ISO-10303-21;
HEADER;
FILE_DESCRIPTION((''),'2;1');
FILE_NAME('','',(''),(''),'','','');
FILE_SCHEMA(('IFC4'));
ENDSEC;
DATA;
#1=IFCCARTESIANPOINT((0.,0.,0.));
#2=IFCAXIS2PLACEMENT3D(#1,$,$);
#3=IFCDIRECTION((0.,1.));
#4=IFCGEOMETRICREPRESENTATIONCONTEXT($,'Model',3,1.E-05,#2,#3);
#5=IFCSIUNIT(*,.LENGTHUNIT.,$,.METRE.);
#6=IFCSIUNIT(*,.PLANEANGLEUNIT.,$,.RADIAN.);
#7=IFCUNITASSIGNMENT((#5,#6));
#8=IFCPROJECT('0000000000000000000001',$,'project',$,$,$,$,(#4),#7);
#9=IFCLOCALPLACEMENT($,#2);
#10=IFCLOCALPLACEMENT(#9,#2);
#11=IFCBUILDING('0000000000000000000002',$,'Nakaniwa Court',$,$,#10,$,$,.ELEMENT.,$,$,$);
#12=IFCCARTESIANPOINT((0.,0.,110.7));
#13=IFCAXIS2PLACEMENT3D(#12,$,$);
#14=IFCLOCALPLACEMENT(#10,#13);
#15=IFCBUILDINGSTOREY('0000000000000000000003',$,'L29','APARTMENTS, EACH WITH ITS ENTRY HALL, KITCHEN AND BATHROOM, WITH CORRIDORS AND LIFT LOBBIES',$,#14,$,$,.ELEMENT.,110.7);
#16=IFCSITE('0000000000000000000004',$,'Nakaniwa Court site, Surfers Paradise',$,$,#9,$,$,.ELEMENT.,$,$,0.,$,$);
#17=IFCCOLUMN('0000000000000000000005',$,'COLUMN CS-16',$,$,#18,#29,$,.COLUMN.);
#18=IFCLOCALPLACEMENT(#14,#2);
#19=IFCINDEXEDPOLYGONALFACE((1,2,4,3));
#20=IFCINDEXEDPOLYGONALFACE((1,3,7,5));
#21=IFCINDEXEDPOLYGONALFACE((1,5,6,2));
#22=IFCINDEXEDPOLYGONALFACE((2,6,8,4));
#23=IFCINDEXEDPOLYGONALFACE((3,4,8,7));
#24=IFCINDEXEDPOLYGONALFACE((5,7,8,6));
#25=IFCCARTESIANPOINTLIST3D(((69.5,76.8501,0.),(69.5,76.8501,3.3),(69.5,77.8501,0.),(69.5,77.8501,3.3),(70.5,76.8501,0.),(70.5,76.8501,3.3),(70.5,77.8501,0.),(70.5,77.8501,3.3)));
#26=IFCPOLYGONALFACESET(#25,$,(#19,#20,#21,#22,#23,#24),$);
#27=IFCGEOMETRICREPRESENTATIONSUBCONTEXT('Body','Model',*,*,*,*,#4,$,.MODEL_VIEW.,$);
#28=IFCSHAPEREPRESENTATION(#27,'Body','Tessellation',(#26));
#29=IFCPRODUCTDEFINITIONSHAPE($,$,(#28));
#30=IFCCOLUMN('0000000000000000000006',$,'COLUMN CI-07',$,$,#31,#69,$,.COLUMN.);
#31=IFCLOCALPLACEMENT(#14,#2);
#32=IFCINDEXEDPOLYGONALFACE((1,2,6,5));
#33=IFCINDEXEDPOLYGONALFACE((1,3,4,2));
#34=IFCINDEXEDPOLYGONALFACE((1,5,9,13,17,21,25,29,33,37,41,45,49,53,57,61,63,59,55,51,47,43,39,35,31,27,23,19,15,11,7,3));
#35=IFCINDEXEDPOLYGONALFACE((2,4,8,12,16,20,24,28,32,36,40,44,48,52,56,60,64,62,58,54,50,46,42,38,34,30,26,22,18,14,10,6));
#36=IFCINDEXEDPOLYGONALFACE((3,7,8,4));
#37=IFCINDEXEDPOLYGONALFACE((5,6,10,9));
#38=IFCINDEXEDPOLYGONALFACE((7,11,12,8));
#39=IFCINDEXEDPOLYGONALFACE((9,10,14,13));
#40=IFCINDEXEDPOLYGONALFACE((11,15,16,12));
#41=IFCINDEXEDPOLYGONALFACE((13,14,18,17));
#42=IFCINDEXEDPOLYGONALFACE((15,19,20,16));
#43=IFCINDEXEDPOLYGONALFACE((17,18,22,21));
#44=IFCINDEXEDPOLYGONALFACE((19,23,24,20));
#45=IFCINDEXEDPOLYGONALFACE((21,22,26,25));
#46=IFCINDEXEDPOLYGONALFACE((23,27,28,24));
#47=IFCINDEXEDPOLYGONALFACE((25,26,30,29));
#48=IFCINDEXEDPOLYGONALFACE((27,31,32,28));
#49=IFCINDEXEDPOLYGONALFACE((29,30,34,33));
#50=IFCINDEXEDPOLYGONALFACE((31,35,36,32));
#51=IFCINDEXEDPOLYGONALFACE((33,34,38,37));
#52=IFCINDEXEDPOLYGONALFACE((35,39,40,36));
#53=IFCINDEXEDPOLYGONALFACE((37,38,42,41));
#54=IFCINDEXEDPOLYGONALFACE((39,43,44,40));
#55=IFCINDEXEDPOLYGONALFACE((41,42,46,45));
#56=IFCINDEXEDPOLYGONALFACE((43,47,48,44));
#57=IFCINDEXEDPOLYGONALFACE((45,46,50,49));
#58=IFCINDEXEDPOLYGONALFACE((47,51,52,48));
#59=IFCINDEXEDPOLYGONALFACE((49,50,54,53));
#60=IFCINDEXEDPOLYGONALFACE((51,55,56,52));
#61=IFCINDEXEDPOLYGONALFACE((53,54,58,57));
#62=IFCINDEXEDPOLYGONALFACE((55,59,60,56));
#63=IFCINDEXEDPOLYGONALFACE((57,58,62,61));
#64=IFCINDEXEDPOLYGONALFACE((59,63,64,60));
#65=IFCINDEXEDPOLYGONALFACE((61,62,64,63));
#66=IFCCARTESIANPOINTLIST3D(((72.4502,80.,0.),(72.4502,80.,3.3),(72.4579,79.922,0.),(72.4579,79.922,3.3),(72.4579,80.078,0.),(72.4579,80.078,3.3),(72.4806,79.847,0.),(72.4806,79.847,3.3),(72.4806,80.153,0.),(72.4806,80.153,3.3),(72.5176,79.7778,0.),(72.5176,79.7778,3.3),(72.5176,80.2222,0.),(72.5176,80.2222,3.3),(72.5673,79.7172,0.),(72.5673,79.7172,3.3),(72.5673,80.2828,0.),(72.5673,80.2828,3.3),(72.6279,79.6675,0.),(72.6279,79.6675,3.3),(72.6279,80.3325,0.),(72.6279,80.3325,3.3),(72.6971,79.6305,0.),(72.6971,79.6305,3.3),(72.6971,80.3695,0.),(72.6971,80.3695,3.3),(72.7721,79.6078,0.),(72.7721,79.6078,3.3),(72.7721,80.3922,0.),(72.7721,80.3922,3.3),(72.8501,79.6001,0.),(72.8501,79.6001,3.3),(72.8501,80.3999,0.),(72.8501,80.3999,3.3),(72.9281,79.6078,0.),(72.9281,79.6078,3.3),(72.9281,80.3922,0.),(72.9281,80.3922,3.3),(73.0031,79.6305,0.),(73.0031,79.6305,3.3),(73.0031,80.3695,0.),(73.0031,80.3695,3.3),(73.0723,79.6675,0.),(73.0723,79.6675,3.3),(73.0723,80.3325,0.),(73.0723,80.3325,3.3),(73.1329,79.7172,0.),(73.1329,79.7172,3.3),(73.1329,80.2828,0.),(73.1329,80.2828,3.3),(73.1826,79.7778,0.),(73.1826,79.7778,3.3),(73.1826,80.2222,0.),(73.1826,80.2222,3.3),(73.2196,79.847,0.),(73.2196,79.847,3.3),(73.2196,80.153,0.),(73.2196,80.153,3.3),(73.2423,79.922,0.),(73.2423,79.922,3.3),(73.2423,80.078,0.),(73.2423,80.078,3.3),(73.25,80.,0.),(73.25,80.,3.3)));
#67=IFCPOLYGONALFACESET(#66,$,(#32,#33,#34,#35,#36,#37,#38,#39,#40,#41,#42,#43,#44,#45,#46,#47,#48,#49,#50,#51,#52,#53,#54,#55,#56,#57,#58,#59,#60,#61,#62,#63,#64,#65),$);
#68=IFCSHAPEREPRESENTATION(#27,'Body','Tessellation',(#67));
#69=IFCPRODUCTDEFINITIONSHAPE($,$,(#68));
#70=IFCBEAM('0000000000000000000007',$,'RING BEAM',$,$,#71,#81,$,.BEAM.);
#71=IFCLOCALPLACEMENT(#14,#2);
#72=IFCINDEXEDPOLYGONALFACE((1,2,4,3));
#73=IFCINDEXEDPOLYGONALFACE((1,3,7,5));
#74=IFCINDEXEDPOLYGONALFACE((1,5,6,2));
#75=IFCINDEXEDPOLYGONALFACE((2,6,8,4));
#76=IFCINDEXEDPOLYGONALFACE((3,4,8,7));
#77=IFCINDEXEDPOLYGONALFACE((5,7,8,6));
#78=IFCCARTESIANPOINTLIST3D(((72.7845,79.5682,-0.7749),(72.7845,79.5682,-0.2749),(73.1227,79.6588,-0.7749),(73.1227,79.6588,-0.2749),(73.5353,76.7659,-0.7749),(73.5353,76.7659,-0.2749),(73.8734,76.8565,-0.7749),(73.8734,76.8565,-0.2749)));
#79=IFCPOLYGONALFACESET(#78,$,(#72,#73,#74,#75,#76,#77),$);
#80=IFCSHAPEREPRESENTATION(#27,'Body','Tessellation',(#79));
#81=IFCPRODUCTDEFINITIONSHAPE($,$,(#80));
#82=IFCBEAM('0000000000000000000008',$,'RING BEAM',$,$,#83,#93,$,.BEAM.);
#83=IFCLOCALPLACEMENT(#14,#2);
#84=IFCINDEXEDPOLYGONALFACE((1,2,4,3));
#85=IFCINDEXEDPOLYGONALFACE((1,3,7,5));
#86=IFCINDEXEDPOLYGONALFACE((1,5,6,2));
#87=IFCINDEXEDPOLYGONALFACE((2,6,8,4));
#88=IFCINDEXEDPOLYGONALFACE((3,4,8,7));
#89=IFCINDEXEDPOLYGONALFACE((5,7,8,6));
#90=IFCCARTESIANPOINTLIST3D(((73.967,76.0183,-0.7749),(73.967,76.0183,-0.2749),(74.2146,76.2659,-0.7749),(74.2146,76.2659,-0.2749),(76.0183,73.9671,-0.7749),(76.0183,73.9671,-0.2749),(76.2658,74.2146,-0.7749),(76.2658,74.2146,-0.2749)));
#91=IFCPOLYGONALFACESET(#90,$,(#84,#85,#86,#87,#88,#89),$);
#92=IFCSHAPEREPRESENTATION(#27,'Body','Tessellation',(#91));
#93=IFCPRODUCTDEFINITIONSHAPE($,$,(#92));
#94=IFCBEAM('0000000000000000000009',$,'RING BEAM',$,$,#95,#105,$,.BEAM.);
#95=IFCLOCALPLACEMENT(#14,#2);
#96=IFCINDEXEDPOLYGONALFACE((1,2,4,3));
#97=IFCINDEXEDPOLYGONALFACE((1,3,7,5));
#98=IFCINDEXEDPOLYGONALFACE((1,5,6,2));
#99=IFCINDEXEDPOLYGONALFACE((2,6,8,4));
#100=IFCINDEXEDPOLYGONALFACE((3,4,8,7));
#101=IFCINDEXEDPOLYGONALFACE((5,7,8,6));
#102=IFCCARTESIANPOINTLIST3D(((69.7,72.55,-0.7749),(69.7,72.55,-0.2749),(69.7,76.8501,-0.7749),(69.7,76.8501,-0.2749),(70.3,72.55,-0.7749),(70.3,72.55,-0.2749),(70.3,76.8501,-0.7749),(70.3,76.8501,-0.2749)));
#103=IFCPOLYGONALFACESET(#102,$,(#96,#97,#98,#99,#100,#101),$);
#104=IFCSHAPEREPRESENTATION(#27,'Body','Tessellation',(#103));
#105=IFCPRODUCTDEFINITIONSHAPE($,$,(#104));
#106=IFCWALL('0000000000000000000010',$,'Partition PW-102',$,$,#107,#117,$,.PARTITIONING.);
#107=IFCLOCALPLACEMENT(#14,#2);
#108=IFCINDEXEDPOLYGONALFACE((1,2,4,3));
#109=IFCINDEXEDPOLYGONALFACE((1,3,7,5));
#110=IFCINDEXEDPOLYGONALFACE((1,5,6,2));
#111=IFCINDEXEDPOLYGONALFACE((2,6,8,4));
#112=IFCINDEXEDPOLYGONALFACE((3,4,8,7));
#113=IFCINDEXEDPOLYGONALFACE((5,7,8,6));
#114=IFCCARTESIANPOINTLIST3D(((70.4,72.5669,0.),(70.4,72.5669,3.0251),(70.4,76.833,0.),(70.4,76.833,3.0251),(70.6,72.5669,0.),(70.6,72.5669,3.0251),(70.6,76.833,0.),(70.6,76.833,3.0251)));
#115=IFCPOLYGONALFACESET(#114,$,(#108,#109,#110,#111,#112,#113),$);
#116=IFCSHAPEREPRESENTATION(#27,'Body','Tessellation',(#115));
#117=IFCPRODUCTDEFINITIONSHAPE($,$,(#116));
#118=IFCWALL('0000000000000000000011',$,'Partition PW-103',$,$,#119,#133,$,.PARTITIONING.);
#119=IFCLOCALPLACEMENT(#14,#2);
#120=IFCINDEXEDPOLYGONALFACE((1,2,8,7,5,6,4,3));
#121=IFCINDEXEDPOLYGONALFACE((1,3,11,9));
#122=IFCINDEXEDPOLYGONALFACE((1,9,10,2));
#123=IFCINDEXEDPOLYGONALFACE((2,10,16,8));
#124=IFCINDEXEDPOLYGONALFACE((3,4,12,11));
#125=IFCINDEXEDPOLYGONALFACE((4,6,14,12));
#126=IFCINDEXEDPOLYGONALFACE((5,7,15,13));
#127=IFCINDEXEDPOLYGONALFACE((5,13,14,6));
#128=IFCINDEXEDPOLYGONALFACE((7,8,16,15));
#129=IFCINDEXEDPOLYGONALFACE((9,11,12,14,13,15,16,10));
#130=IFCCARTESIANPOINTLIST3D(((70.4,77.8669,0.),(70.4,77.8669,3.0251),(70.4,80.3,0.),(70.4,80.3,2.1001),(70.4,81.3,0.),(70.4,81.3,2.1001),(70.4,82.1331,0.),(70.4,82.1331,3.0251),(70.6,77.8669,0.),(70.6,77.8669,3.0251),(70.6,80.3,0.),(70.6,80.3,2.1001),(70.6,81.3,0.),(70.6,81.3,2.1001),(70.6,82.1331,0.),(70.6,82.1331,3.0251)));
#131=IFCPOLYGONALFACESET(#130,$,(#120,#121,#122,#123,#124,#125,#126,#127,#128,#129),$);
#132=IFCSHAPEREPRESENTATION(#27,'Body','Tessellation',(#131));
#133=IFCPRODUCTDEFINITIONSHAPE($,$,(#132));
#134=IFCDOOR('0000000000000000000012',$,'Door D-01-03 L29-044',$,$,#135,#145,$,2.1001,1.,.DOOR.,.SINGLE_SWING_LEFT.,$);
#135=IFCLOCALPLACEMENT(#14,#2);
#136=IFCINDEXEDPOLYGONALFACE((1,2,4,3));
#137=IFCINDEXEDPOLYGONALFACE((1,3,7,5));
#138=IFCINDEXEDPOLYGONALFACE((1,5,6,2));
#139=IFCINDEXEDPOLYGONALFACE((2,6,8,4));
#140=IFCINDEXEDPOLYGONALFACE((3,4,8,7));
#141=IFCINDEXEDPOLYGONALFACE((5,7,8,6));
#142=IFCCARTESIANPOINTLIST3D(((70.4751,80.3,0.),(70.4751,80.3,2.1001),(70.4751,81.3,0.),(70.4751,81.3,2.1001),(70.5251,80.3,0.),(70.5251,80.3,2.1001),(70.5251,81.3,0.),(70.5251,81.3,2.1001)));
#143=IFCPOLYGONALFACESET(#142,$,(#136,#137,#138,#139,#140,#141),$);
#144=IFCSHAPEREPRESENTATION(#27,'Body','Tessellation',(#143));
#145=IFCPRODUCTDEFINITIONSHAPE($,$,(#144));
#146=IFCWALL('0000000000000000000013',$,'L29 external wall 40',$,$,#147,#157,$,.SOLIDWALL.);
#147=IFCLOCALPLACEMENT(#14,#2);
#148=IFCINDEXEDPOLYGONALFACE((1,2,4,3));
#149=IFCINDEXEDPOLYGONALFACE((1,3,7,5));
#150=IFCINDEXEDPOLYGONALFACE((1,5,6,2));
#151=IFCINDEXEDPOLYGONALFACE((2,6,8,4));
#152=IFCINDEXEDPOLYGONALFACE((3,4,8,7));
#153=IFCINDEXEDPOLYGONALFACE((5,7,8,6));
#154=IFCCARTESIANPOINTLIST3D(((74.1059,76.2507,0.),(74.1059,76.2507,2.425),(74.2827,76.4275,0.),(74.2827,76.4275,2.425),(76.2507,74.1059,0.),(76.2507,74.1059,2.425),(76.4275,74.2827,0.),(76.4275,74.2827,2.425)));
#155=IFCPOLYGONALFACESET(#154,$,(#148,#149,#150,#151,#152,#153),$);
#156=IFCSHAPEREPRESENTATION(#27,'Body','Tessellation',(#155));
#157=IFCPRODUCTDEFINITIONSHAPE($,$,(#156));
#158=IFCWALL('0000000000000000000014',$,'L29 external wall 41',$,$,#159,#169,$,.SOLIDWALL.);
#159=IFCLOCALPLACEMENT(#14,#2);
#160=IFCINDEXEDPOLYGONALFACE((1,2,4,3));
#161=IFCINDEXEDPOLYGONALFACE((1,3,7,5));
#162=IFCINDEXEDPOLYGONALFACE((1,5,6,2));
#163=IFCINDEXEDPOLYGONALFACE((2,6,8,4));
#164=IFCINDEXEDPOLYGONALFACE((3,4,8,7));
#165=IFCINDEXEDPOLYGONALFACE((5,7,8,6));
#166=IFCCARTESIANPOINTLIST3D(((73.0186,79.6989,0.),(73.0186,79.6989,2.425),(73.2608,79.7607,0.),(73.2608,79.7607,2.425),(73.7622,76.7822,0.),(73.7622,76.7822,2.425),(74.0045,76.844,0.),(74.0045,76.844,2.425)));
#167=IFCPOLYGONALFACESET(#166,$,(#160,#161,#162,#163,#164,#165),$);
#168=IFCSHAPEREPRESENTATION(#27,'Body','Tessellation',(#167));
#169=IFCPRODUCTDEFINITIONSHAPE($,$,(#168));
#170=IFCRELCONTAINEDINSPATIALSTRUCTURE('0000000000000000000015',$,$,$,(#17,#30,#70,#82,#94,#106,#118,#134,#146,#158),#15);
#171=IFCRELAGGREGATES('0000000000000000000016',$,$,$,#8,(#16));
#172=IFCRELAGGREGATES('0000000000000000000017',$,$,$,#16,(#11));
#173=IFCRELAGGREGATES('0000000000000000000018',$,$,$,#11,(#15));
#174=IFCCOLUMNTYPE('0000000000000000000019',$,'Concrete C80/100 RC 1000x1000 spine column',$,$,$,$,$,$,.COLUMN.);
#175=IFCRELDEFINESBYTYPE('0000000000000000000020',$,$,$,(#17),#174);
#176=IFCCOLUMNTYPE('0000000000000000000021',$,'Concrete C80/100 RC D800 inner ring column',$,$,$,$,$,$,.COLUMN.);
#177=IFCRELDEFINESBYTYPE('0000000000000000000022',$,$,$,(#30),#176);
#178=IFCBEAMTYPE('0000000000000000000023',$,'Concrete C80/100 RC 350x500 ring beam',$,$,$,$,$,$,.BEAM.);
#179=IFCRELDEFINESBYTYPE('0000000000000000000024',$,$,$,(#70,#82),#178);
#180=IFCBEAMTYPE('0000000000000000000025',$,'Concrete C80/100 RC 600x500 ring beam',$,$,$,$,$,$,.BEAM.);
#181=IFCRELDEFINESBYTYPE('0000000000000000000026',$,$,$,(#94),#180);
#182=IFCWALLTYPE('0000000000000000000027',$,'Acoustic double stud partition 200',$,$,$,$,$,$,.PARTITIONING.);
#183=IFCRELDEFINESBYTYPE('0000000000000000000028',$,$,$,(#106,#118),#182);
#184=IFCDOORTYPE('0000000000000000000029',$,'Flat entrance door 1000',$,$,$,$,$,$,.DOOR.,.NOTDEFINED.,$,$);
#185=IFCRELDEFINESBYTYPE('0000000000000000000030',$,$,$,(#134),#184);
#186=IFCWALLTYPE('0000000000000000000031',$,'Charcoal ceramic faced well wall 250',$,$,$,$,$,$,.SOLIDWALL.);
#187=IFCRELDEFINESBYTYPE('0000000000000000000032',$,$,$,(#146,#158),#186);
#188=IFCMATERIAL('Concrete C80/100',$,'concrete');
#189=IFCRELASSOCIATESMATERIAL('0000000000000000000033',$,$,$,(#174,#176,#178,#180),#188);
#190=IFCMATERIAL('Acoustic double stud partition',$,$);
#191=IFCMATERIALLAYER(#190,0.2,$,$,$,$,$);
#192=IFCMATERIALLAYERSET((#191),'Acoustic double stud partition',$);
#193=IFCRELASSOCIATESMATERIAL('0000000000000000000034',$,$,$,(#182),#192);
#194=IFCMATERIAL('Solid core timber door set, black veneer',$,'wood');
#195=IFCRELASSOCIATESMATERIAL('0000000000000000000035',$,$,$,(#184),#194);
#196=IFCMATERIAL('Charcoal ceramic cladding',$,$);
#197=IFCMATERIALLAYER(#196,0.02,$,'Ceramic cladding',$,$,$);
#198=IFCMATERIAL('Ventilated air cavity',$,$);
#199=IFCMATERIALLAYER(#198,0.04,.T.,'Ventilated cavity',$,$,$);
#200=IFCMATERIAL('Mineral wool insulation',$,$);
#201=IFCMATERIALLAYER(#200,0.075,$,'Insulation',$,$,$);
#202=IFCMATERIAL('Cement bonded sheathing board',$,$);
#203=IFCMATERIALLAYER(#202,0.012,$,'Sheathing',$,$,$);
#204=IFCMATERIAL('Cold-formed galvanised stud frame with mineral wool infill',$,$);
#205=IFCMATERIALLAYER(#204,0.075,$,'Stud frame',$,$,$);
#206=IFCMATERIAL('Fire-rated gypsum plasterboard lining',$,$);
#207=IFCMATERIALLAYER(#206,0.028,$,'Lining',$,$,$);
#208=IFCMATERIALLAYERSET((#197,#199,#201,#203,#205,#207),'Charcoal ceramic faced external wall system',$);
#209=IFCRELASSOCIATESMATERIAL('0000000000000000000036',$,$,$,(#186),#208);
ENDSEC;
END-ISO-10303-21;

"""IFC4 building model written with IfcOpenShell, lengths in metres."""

from ifc_helpers import new_model, si_unit, direction, frame, frame_2d, origin, origin_2d, place, context, subcontext, project, spatial, rectangle, circle, extrude, material, layer, layer_set, material_profile, profile_set, type_object, element, fill, save


model = new_model("IFC4")

# Units and contexts
model_context = context("Model", 3, precision=1e-05, world=origin(), true_north=direction((0.0, 1.0)))
body_context = subcontext(model_context, "Body", "Model", "MODEL_VIEW")
ifc_project = project(units=[si_unit("LENGTHUNIT", "METRE"), si_unit("PLANEANGLEUNIT", "RADIAN")], contexts=[model_context])

# Site, building, storey
site_placement = place(None, origin())
site = spatial("IfcSite", under=ifc_project, at=site_placement, Name="Nakaniwa Court site, Surfers Paradise", CompositionType="ELEMENT", RefElevation=0.0)
building_placement = place(site_placement, origin())
building = spatial("IfcBuilding", under=site, at=building_placement, Name="Nakaniwa Court", CompositionType="ELEMENT")
storey_placement = place(building_placement, frame((0.0, 0.0, 110.7)))
storey = spatial("IfcBuildingStorey", under=building, at=storey_placement, Name="L29", Description="APARTMENTS, EACH WITH ITS ENTRY HALL, KITCHEN AND BATHROOM, WITH CORRIDORS AND LIFT LOBBIES", CompositionType="ELEMENT", Elevation=110.7)

# Columns
ifc_material_1 = material(Name="Concrete C80/100", Category="concrete")
ifc_material_profile_1 = material_profile(ifc_material_1, rectangle(XDim=1.0, YDim=1.0, at=origin_2d()), Name="Concrete C80/100 RC 1000x1000 spine column")
ifc_profile_set_1 = profile_set([ifc_material_profile_1], Name="Concrete C80/100")
column_type_1 = type_object("IfcColumnType", Name="Concrete C80/100 RC 1000x1000 spine column", PredefinedType="COLUMN", material=ifc_profile_set_1)
column_placement = place(storey_placement, frame((70.0, 77.3501, 0.0), z_axis=(0.0, 0.0, 1.0), x_axis=(0.0, -1.0, 0.0)))
element("IfcColumn", 1, at=column_placement, inside=storey, type_object=column_type_1, Name="COLUMN CS-16", PredefinedType="COLUMN", context=body_context, shape_type="SweptSolid", body=[
    extrude(rectangle(XDim=1.0, YDim=1.0, at=origin_2d()), origin(), (0.0, 0.0, 1.0), 3.3),
])
ifc_material_profile_2 = material_profile(ifc_material_1, circle(Radius=0.3999, at=origin_2d()), Name="Concrete C80/100 RC D800 inner ring column")
ifc_profile_set_2 = profile_set([ifc_material_profile_2], Name="Concrete C80/100")
column_type_2 = type_object("IfcColumnType", Name="Concrete C80/100 RC D800 inner ring column", PredefinedType="COLUMN", material=ifc_profile_set_2)
for number, where, z_axis, x_axis, name in (
    (2, (72.8501, 80.0, 0.0), (0.0, 0.0, 1.0), (0.0, -1.0, 0.0), "COLUMN CI-07"),
):
    element("IfcColumn", number, at=place(storey_placement, frame(where, z_axis=z_axis, x_axis=x_axis)), inside=storey, type_object=column_type_2, Name=name, PredefinedType="COLUMN", context=body_context, shape_type="SweptSolid", body=[
        extrude(circle(Radius=0.3999, at=origin_2d()), origin(), (0.0, 0.0, 1.0), 3.3),
    ])

# Beams
ifc_material_profile_3 = material_profile(ifc_material_1, rectangle(XDim=0.3501, YDim=0.5, at=origin_2d()), Name="Concrete C80/100 RC 350x500 ring beam")
ifc_profile_set_3 = profile_set([ifc_material_profile_3], Name="Concrete C80/100")
beam_type_1 = type_object("IfcBeamType", Name="Concrete C80/100 RC 350x500 ring beam", PredefinedType="BEAM", material=ifc_profile_set_3)
beam_1_placement = place(storey_placement, frame((72.9536, 79.6135, -0.5249), z_axis=(0.258778, -0.965937, 0.0), x_axis=(0.965937, 0.258778, 0.0)))
element("IfcBeam", 3, at=beam_1_placement, inside=storey, type_object=beam_type_1, Name="RING BEAM", PredefinedType="BEAM", context=body_context, shape_type="SweptSolid", body=[
    extrude(rectangle(XDim=0.3501, YDim=0.5, at=origin_2d()), origin(), (0.0, 0.0, 1.0), 2.9011),
])
beam_2_placement = place(storey_placement, frame((74.0908, 76.1421, -0.5249), z_axis=(0.707107, -0.707107, 0.0), x_axis=(0.707107, 0.707107, 0.0)))
element("IfcBeam", 4, at=beam_2_placement, inside=storey, type_object=beam_type_1, Name="RING BEAM", PredefinedType="BEAM", context=body_context, shape_type="SweptSolid", body=[
    extrude(rectangle(XDim=0.3501, YDim=0.5, at=origin_2d()), origin(), (0.0, 0.0, 1.0), 2.9009),
])
ifc_material_profile_4 = material_profile(ifc_material_1, rectangle(XDim=0.6001, YDim=0.5, at=origin_2d()), Name="Concrete C80/100 RC 600x500 ring beam")
ifc_profile_set_4 = profile_set([ifc_material_profile_4], Name="Concrete C80/100")
beam_type_2 = type_object("IfcBeamType", Name="Concrete C80/100 RC 600x500 ring beam", PredefinedType="BEAM", material=ifc_profile_set_4)
beam_3_placement = place(storey_placement, frame((70.0, 76.8501, -0.5249), z_axis=(0.0, -1.0, 0.0), x_axis=(1.0, 0.0, 0.0)))
element("IfcBeam", 5, at=beam_3_placement, inside=storey, type_object=beam_type_2, Name="RING BEAM", PredefinedType="BEAM", context=body_context, shape_type="SweptSolid", body=[
    extrude(rectangle(XDim=0.6001, YDim=0.5, at=origin_2d()), origin(), (0.0, 0.0, 1.0), 4.3),
])

# Wall
ifc_material_2 = material(Name="Acoustic double stud partition")
ifc_layer_1 = layer(ifc_material_2, 0.2)
ifc_layer_set_1 = layer_set([ifc_layer_1], Name="Acoustic double stud partition")
wall_type_1 = type_object("IfcWallType", Name="Acoustic double stud partition 200", PredefinedType="PARTITIONING", material=ifc_layer_set_1)
wall_1_placement = place(storey_placement, frame((70.5, 72.5669, 0.0), z_axis=(0.0, 0.0, 1.0), x_axis=(0.0, 1.0, 0.0)))
element("IfcWall", 6, at=wall_1_placement, inside=storey, type_object=wall_type_1, Name="Partition PW-102", PredefinedType="PARTITIONING", context=body_context, shape_type="SweptSolid", body=[
    extrude(rectangle(XDim=4.2661, YDim=0.2, at=frame_2d((2.1331, 0.0))), origin(), (0.0, 0.0, 1.0), 3.0251),
])

# Wall, opening, door
wall_2_placement = place(storey_placement, frame((70.5, 77.8669, 0.0), z_axis=(0.0, 0.0, 1.0), x_axis=(0.0, 1.0, 0.0)))
wall_2 = element("IfcWall", 7, at=wall_2_placement, inside=storey, type_object=wall_type_1, Name="Partition PW-103", PredefinedType="PARTITIONING", context=body_context, shape_type="SweptSolid", body=[
    extrude(rectangle(XDim=4.2661, YDim=0.2, at=frame_2d((2.1331, 0.0))), origin(), (0.0, 0.0, 1.0), 3.0251),
])
opening_1_placement = place(wall_2_placement, frame((2.4331, 0.0, 0.0)))
opening_1 = element("IfcOpeningElement", 8, at=opening_1_placement, cuts=wall_2, PredefinedType="OPENING", context=body_context, shape_type="SweptSolid", body=[
    extrude(rectangle(XDim=1.0, YDim=2.1001, at=frame_2d((0.5, 1.05))), frame((0.0, 0.1099, 0.0), z_axis=(0.0, -1.0, 0.0), x_axis=(1.0, 0.0, 0.0)), (0.0, 0.0, 1.0), 0.22),
])
ifc_material_3 = material(Name="Solid core timber door set, black veneer", Category="wood")
door_type_1 = type_object("IfcDoorType", Name="Flat entrance door 1000", OperationType="NOTDEFINED", PredefinedType="DOOR", material=ifc_material_3)
door_1_placement = place(opening_1_placement, origin())
door_1 = element("IfcDoor", 9, at=door_1_placement, inside=storey, type_object=door_type_1, Name="Door D-01-03 L29-044", OperationType="SINGLE_SWING_LEFT", OverallHeight=2.1001, OverallWidth=1.0, PredefinedType="DOOR", context=body_context, shape_type="SweptSolid", body=[
    extrude(rectangle(XDim=1.0, YDim=2.1001, at=frame_2d((0.5, 1.05))), frame((0.0, 0.0249, 0.0), z_axis=(0.0, -1.0, 0.0), x_axis=(1.0, 0.0, 0.0)), (0.0, 0.0, 1.0), 0.05),
])
fill(opening_1, door_1)

# Walls
ifc_material_4 = material(Name="Charcoal ceramic cladding")
ifc_layer_2 = layer(ifc_material_4, 0.02, Name="Ceramic cladding")
ifc_material_5 = material(Name="Ventilated air cavity")
ifc_layer_3 = layer(ifc_material_5, 0.04, ventilated=True, Name="Ventilated cavity")
ifc_material_6 = material(Name="Mineral wool insulation")
ifc_layer_4 = layer(ifc_material_6, 0.075, Name="Insulation")
ifc_material_7 = material(Name="Cement bonded sheathing board")
ifc_layer_5 = layer(ifc_material_7, 0.012, Name="Sheathing")
ifc_material_8 = material(Name="Cold-formed galvanised stud frame with mineral wool infill")
ifc_layer_6 = layer(ifc_material_8, 0.075, Name="Stud frame")
ifc_material_9 = material(Name="Fire-rated gypsum plasterboard lining")
ifc_layer_7 = layer(ifc_material_9, 0.028, Name="Lining")
ifc_layer_set_2 = layer_set([ifc_layer_2, ifc_layer_3, ifc_layer_4, ifc_layer_5, ifc_layer_6, ifc_layer_7], Name="Charcoal ceramic faced external wall system")
wall_type_2 = type_object("IfcWallType", Name="Charcoal ceramic faced well wall 250", PredefinedType="SOLIDWALL", material=ifc_layer_set_2)
wall_3_placement = place(storey_placement, frame((76.3391, 74.1943, 0.0), z_axis=(0.0, 0.0, 1.0), x_axis=(-0.707107, 0.707107, 0.0)))
element("IfcWall", 10, at=wall_3_placement, inside=storey, type_object=wall_type_2, Name="L29 external wall 40", PredefinedType="SOLIDWALL", context=body_context, shape_type="SweptSolid", body=[
    extrude(rectangle(XDim=3.0332, YDim=0.25, at=frame_2d((1.5166, 0.0))), origin(), (0.0, 0.0, 1.0), 2.425),
])
wall_4_placement = place(storey_placement, frame((73.8833, 76.8132, 0.0), z_axis=(0.0, 0.0, 1.0), x_axis=(-0.247056, 0.969001, 0.0)))
element("IfcWall", 11, at=wall_4_placement, inside=storey, type_object=wall_type_2, Name="L29 external wall 41", PredefinedType="SOLIDWALL", context=body_context, shape_type="SweptSolid", body=[
    extrude(rectangle(XDim=3.01, YDim=0.25, at=frame_2d((1.5049, 0.0))), origin(), (0.0, 0.0, 1.0), 2.425),
])

save(model, "model.ifc")
